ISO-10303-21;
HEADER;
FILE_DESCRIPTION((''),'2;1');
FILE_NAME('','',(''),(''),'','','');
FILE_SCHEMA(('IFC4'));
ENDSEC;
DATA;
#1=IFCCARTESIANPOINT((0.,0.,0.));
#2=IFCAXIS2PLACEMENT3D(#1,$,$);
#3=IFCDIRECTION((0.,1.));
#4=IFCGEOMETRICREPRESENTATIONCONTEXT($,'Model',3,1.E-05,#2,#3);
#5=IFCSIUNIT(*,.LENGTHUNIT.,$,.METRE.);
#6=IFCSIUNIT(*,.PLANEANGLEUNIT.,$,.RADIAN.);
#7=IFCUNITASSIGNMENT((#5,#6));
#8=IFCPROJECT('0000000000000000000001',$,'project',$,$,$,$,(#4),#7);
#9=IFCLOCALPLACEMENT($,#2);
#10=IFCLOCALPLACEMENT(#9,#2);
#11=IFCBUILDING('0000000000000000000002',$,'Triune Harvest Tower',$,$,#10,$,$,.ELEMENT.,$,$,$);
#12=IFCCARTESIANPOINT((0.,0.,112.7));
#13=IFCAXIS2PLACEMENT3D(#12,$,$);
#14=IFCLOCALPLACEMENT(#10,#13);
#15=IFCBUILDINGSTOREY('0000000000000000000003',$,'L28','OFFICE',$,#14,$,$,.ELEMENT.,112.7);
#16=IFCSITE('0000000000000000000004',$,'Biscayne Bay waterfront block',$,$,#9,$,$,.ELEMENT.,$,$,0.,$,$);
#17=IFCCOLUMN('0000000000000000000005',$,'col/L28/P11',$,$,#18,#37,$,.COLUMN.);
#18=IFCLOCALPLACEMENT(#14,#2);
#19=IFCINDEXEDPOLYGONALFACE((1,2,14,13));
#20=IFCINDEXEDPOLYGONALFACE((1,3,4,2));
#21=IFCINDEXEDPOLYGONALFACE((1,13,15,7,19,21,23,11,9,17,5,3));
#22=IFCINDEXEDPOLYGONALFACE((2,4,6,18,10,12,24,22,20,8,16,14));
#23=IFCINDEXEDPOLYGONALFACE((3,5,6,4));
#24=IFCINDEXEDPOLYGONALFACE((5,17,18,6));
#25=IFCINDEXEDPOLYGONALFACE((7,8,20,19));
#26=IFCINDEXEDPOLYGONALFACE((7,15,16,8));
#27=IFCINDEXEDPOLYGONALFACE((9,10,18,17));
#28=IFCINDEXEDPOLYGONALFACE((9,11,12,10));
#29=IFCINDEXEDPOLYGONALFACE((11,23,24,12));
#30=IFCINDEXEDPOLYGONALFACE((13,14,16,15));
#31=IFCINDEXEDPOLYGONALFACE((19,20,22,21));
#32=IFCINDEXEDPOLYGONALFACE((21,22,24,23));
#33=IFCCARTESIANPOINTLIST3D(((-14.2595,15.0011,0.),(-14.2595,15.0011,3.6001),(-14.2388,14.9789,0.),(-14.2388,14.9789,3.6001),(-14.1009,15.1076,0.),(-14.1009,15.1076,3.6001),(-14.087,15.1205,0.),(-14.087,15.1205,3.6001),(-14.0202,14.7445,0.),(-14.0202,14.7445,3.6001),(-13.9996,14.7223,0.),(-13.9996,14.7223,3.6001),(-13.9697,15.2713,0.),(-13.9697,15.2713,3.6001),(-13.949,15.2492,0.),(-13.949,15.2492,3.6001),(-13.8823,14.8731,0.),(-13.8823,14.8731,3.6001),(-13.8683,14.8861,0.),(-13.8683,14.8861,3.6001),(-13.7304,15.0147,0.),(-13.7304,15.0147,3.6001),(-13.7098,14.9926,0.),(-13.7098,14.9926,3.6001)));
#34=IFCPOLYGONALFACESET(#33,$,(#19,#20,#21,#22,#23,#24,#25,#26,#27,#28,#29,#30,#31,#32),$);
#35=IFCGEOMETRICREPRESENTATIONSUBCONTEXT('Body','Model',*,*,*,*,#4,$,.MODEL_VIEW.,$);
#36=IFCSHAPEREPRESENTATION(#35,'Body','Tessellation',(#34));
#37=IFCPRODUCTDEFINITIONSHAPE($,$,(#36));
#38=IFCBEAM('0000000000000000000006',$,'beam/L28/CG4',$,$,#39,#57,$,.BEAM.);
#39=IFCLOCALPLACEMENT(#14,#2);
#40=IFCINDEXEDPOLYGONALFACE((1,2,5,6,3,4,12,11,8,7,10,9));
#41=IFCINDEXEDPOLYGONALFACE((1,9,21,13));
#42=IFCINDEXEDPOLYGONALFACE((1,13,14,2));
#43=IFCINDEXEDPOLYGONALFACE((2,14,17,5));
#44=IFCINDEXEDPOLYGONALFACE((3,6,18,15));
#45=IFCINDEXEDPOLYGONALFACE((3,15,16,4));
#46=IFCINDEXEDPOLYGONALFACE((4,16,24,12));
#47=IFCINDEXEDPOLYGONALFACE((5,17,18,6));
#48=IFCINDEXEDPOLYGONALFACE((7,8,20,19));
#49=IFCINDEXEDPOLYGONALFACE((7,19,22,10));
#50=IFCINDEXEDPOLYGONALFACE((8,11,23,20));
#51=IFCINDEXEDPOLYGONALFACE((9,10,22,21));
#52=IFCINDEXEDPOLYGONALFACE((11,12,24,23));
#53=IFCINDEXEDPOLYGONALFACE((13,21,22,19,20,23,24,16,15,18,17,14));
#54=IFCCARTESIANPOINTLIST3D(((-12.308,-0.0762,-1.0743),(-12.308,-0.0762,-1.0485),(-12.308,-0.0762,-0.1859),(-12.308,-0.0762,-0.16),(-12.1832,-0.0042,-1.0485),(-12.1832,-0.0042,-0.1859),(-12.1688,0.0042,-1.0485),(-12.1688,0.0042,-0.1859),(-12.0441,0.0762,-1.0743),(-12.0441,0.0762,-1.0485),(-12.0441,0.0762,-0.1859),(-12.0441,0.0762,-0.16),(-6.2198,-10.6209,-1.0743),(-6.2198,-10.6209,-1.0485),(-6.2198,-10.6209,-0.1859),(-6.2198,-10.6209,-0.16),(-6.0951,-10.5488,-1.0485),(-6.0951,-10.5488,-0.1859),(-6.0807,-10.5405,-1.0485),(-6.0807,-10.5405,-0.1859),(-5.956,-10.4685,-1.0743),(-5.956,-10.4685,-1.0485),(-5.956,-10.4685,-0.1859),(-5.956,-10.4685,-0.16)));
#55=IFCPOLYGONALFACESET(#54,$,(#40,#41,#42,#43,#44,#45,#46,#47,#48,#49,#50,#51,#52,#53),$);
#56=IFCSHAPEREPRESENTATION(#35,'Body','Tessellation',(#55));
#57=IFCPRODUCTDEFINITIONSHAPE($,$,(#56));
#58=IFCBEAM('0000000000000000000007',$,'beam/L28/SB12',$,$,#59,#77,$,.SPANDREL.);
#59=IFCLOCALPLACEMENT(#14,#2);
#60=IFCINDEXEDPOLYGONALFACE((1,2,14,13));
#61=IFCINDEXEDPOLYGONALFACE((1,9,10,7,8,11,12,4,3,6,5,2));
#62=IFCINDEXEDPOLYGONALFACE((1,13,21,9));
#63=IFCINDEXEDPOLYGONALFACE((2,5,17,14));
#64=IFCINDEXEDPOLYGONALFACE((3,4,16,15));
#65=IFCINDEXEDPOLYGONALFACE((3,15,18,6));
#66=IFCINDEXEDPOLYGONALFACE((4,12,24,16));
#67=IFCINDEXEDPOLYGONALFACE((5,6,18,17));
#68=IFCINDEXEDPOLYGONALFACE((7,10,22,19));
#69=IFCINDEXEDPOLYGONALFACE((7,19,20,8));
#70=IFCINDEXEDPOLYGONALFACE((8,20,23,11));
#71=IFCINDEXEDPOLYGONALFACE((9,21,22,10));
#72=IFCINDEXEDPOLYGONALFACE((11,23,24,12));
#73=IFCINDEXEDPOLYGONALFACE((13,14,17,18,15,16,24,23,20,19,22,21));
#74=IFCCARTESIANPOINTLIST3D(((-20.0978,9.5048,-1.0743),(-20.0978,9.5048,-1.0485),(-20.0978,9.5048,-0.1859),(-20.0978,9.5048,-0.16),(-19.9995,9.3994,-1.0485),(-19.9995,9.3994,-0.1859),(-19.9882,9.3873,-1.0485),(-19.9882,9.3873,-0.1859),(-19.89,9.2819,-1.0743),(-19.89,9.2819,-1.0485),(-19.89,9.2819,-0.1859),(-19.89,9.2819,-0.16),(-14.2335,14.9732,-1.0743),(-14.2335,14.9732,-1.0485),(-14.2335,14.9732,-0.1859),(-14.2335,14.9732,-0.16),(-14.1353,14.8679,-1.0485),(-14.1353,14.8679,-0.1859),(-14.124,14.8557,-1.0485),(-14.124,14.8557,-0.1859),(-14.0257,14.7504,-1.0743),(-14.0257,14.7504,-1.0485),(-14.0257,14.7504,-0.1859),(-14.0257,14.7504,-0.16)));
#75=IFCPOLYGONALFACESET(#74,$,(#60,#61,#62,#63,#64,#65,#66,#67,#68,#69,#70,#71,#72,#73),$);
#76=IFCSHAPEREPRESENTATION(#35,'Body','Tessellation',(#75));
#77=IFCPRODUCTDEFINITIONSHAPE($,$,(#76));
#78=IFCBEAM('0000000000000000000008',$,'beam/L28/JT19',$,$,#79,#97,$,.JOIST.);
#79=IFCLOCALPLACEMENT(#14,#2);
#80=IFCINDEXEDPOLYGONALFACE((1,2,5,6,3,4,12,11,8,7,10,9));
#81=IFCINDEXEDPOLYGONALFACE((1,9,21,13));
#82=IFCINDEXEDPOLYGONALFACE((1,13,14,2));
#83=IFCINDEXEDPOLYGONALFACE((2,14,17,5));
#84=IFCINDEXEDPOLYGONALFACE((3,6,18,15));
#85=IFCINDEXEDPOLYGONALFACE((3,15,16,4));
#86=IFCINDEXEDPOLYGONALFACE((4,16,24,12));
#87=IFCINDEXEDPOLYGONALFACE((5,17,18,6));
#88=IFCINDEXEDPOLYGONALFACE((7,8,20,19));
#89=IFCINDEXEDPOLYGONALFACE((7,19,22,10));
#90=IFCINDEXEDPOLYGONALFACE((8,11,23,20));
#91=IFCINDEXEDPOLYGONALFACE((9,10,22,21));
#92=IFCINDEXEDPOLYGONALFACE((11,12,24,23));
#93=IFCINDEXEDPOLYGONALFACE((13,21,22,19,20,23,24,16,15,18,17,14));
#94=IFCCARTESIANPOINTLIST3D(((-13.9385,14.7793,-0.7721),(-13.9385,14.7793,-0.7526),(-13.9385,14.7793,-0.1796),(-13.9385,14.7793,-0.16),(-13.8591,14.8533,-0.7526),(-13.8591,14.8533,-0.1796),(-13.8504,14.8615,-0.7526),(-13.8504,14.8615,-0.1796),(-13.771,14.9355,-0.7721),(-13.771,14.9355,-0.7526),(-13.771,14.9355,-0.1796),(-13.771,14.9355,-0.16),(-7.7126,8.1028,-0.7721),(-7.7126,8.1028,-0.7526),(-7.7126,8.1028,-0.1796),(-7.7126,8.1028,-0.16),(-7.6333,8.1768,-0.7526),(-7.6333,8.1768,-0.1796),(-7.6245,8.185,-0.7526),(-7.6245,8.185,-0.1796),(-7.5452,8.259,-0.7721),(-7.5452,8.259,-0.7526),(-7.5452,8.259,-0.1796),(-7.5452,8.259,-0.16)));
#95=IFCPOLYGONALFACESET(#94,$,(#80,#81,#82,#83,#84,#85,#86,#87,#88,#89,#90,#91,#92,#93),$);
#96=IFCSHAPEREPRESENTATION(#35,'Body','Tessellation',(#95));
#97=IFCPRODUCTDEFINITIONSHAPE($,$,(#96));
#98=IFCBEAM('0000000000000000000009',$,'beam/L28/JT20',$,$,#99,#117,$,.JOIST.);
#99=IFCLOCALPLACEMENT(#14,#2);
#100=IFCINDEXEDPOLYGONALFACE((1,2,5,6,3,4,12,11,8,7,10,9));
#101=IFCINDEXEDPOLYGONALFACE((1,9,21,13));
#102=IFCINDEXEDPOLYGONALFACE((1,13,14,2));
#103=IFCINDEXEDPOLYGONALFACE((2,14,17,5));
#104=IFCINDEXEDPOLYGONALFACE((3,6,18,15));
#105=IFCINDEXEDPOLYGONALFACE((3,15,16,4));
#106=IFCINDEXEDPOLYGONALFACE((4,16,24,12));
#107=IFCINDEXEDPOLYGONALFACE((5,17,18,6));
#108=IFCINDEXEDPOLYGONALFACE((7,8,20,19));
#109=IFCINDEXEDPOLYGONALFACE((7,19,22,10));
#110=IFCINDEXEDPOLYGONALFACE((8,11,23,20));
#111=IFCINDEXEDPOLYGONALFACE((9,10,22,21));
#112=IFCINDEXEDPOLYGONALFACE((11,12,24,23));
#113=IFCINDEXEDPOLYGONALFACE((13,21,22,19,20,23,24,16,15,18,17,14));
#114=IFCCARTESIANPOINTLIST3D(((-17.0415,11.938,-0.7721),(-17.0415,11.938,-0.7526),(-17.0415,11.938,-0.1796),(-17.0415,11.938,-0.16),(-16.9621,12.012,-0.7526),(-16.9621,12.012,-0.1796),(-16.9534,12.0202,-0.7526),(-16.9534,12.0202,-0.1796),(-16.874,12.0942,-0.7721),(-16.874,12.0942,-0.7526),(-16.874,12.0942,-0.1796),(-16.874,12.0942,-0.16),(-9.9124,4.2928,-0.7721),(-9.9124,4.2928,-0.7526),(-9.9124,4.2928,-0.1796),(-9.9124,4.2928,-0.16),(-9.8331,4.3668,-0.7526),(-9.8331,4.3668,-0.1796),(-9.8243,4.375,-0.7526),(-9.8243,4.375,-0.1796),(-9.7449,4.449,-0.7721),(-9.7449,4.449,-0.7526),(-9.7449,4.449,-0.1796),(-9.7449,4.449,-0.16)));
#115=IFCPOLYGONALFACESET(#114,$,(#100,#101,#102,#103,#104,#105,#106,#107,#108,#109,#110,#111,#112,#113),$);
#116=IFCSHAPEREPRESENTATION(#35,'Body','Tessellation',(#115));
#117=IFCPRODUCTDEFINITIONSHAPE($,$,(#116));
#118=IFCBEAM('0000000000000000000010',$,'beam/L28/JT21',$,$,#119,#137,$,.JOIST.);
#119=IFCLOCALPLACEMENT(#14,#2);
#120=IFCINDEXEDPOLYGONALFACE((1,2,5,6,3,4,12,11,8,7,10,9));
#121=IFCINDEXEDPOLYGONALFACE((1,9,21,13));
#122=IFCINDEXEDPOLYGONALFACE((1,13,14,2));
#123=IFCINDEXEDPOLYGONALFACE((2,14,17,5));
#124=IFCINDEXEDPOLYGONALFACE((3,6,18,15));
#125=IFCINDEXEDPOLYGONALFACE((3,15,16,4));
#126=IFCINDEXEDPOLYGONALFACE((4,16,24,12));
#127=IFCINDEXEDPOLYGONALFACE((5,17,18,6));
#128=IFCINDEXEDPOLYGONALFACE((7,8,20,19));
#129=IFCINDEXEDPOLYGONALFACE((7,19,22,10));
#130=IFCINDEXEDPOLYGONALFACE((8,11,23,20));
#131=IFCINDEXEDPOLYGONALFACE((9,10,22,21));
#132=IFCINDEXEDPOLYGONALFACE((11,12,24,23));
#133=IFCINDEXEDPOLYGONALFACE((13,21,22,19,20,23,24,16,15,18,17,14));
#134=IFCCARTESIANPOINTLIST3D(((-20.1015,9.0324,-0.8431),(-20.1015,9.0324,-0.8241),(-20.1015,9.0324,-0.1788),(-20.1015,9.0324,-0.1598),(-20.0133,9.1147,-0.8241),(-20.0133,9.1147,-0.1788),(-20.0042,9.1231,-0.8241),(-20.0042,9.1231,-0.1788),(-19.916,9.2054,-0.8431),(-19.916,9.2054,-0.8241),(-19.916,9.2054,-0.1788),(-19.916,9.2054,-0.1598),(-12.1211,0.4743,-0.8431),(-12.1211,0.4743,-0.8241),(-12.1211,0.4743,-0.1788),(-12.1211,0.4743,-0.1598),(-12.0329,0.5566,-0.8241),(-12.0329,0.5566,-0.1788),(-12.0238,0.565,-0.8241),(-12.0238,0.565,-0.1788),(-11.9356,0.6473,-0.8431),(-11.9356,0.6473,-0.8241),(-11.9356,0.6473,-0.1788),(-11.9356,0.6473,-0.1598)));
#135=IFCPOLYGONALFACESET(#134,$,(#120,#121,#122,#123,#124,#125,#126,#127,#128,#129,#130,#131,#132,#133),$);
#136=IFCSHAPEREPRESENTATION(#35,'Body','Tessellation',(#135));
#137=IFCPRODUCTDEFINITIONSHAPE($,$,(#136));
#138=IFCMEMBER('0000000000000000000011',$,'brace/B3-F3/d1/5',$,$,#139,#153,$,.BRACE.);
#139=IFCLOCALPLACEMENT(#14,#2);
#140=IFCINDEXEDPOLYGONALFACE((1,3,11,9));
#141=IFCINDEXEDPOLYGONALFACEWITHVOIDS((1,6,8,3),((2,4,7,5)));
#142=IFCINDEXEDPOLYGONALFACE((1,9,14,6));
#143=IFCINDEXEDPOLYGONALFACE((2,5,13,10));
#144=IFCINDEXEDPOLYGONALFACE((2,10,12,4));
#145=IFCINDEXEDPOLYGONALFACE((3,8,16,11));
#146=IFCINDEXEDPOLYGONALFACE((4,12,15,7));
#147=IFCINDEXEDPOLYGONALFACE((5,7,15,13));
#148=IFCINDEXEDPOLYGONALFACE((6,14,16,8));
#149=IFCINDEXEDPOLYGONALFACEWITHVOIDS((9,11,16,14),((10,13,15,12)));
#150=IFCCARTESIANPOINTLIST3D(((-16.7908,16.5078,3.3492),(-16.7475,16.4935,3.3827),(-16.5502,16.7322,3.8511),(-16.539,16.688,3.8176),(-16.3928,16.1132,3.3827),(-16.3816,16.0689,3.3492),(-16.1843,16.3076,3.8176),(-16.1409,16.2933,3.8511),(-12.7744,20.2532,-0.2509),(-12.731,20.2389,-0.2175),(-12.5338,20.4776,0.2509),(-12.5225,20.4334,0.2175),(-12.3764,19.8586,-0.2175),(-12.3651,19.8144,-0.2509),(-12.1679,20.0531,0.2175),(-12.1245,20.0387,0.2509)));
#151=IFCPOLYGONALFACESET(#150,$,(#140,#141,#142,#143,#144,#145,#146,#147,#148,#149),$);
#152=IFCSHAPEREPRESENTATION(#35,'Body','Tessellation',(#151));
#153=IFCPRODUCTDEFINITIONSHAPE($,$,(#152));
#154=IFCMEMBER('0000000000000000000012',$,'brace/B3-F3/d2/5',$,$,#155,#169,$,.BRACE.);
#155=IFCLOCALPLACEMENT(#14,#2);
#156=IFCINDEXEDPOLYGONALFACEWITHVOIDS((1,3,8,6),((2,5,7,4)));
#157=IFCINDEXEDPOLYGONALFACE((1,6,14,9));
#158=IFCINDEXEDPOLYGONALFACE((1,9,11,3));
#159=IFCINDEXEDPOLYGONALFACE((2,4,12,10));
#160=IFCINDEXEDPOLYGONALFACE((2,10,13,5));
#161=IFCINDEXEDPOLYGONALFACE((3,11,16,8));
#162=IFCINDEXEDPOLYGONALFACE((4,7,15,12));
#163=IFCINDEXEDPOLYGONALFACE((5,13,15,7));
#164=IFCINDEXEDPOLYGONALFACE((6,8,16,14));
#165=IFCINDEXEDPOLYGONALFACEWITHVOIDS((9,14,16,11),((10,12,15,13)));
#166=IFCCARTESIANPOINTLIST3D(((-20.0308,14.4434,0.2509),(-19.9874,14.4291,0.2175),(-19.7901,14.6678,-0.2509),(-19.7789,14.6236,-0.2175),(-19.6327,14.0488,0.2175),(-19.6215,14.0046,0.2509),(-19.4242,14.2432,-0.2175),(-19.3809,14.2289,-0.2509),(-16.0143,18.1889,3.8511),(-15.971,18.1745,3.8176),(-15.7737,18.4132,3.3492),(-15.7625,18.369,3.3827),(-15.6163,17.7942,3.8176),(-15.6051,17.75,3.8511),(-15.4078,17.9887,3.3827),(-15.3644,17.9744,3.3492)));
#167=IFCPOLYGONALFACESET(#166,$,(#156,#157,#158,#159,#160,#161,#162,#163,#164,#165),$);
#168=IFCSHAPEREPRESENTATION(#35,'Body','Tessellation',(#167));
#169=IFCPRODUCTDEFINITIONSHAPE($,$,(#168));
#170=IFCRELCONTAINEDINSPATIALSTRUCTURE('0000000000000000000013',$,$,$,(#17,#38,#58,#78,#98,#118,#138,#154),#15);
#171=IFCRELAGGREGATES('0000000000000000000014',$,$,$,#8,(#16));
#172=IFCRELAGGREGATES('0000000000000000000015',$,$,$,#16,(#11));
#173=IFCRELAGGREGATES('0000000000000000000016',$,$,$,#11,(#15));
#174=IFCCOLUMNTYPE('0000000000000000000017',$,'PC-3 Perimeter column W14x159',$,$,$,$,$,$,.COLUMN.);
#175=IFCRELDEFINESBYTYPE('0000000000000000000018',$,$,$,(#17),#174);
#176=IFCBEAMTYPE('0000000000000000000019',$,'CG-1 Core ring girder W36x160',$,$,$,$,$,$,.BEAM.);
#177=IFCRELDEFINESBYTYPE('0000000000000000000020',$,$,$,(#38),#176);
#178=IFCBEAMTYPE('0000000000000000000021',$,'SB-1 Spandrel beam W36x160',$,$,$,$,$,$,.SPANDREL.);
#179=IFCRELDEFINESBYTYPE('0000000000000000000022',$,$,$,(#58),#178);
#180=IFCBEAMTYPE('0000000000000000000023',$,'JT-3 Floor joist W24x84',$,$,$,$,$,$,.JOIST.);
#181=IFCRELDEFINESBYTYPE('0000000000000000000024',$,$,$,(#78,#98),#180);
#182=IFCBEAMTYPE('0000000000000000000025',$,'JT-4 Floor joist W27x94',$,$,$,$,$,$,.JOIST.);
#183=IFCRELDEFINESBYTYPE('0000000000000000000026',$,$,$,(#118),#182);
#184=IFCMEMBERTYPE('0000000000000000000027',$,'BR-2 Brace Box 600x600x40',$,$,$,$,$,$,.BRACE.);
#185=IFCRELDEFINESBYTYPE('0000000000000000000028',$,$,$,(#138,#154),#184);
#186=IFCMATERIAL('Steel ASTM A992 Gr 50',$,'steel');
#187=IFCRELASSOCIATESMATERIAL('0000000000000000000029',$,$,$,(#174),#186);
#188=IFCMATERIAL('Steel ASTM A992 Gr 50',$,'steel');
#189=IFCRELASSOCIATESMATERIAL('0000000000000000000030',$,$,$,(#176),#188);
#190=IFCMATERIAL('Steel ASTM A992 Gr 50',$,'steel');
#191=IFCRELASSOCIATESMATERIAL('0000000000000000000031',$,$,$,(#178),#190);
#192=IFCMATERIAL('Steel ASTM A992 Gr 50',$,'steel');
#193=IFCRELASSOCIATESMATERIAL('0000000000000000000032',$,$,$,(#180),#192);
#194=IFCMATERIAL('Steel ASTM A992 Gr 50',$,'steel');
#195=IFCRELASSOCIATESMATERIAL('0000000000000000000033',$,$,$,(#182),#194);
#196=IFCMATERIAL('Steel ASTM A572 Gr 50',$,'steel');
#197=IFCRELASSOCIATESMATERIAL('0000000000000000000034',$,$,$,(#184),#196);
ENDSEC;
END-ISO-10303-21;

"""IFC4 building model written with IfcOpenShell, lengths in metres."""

from ifc_helpers import new_model, si_unit, direction, frame, origin, origin_2d, place, context, subcontext, project, spatial, hollow_rectangle, i_section, extrude, source, transform, mapped, material, material_profile, profile_set, type_object, element, save


model = new_model("IFC4")

# Units and contexts
model_context = context("Model", 3, precision=1e-05, world=origin(), true_north=direction((0.0, 1.0)))
body_context = subcontext(model_context, "Body", "Model", "MODEL_VIEW")
ifc_project = project(units=[si_unit("LENGTHUNIT", "METRE"), si_unit("PLANEANGLEUNIT", "RADIAN")], contexts=[model_context])

# Site, building, storey
site_placement = place(None, origin())
site = spatial("IfcSite", under=ifc_project, at=site_placement, Name="Biscayne Bay waterfront block", CompositionType="ELEMENT", RefElevation=0.0)
building_placement = place(site_placement, origin())
building = spatial("IfcBuilding", under=site, at=building_placement, Name="Triune Harvest Tower", CompositionType="ELEMENT")
storey_placement = place(building_placement, frame((0.0, 0.0, 112.7)))
storey = spatial("IfcBuildingStorey", under=building, at=storey_placement, Name="L28", Description="OFFICE", CompositionType="ELEMENT", Elevation=112.7)

# Column
ifc_material_1 = material(Name="Steel ASTM A992 Gr 50", Category="steel")
ifc_material_profile_1 = material_profile(ifc_material_1, i_section(OverallWidth=0.3962, OverallDepth=0.3811, WebThickness=0.019, FlangeThickness=0.0303, at=origin_2d()), Name="W14x159")
ifc_profile_set_1 = profile_set([ifc_material_profile_1], Name="Steel ASTM A992 Gr 50")
column_type = type_object("IfcColumnType", Name="PC-3 Perimeter column W14x159", PredefinedType="COLUMN", material=ifc_profile_set_1)
shared_shape_1 = source(origin(), body_context, "Body", "SweptSolid", [
    extrude(i_section(OverallWidth=0.3962, OverallDepth=0.3811, WebThickness=0.019, FlangeThickness=0.0303, at=origin_2d()), origin(), (0.0, 0.0, 1.0), 3.6001),
])
column_placement = place(storey_placement, frame((-13.9846, 14.9968, 0.0), z_axis=(0.0, 0.0, 1.0), x_axis=(-0.731355, -0.681997, 0.0)))
element("IfcColumn", 1, at=column_placement, inside=storey, type_object=column_type, Name="col/L28/P11", PredefinedType="COLUMN", context=body_context, shape_type="MappedRepresentation", body=[
    mapped(shared_shape_1, transform((0.0, 0.0, 0.0), scale=1.0)),
])

# Beams
ifc_material_2 = material(Name="Steel ASTM A992 Gr 50", Category="steel")
ifc_material_profile_2 = material_profile(ifc_material_2, i_section(OverallWidth=0.3047, OverallDepth=0.9143, WebThickness=0.0166, FlangeThickness=0.0259, at=origin_2d()), Name="W36x160")
ifc_profile_set_2 = profile_set([ifc_material_profile_2], Name="Steel ASTM A992 Gr 50")
beam_type_1 = type_object("IfcBeamType", Name="CG-1 Core ring girder W36x160", PredefinedType="BEAM", material=ifc_profile_set_2)
shared_shape_2 = source(origin(), body_context, "Body", "SweptSolid", [
    extrude(i_section(OverallWidth=0.3047, OverallDepth=0.9143, WebThickness=0.0166, FlangeThickness=0.0259, at=origin_2d()), origin(), (0.0, 0.0, 1.0), 12.176),
])
beam_1_placement = place(storey_placement, frame((-12.176, 0.0, -0.6172), z_axis=(0.50001, -0.86602, 0.0), x_axis=(0.86602, 0.50001, 0.0)))
element("IfcBeam", 2, at=beam_1_placement, inside=storey, type_object=beam_type_1, Name="beam/L28/CG4", PredefinedType="BEAM", context=body_context, shape_type="MappedRepresentation", body=[
    mapped(shared_shape_2, transform((0.0, 0.0, 0.0), scale=1.0)),
])
ifc_material_3 = material(Name="Steel ASTM A992 Gr 50", Category="steel")
ifc_material_profile_3 = material_profile(ifc_material_3, i_section(OverallWidth=0.3047, OverallDepth=0.9143, WebThickness=0.0166, FlangeThickness=0.0259, at=origin_2d()), Name="W36x160")
ifc_profile_set_3 = profile_set([ifc_material_profile_3], Name="Steel ASTM A992 Gr 50")
beam_type_2 = type_object("IfcBeamType", Name="SB-1 Spandrel beam W36x160", PredefinedType="SPANDREL", material=ifc_profile_set_3)
shared_shape_3 = source(origin(), body_context, "Body", "SweptSolid", [
    extrude(i_section(OverallWidth=0.3047, OverallDepth=0.9143, WebThickness=0.0166, FlangeThickness=0.0259, at=origin_2d()), origin(), (0.0, 0.0, 1.0), 8.0183),
])
beam_2_placement = place(storey_placement, frame((-14.1296, 14.8618, -0.6172), z_axis=(-0.731354, -0.681998, 0.0), x_axis=(0.681998, -0.731354, 0.0)))
element("IfcBeam", 3, at=beam_2_placement, inside=storey, type_object=beam_type_2, Name="beam/L28/SB12", PredefinedType="SPANDREL", context=body_context, shape_type="MappedRepresentation", body=[
    mapped(shared_shape_3, transform((0.0, 0.0, 0.0), scale=1.0)),
])
ifc_material_4 = material(Name="Steel ASTM A992 Gr 50", Category="steel")
ifc_material_profile_4 = material_profile(ifc_material_4, i_section(OverallWidth=0.229, OverallDepth=0.6121, WebThickness=0.012, FlangeThickness=0.0195, at=origin_2d()), Name="W24x84")
ifc_profile_set_4 = profile_set([ifc_material_profile_4], Name="Steel ASTM A992 Gr 50")
beam_type_3 = type_object("IfcBeamType", Name="JT-3 Floor joist W24x84", PredefinedType="JOIST", material=ifc_profile_set_4)
shared_shape_4 = source(origin(), body_context, "Body", "SweptSolid", [
    extrude(i_section(OverallWidth=0.229, OverallDepth=0.6121, WebThickness=0.012, FlangeThickness=0.0195, at=origin_2d()), origin(), (0.0, 0.0, 1.0), 9.1289),
])
beam_3_placement = place(storey_placement, frame((-13.8547, 14.8574, -0.4661), z_axis=(0.681991, -0.73136, 0.0), x_axis=(0.73136, 0.681991, 0.0)))
element("IfcBeam", 4, at=beam_3_placement, inside=storey, type_object=beam_type_3, Name="beam/L28/JT19", PredefinedType="JOIST", context=body_context, shape_type="MappedRepresentation", body=[
    mapped(shared_shape_4, transform((0.0, 0.0, 0.0), scale=1.0)),
])
shared_shape_5 = source(origin(), body_context, "Body", "SweptSolid", [
    extrude(i_section(OverallWidth=0.229, OverallDepth=0.6121, WebThickness=0.012, FlangeThickness=0.0195, at=origin_2d()), origin(), (0.0, 0.0, 1.0), 10.4534),
])
beam_4_placement = place(storey_placement, frame((-16.9578, 12.0161, -0.4661), z_axis=(0.681989, -0.731362, 0.0), x_axis=(0.731362, 0.681989, 0.0)))
element("IfcBeam", 5, at=beam_4_placement, inside=storey, type_object=beam_type_3, Name="beam/L28/JT20", PredefinedType="JOIST", context=body_context, shape_type="MappedRepresentation", body=[
    mapped(shared_shape_5, transform((0.0, 0.0, 0.0), scale=1.0)),
])
ifc_material_5 = material(Name="Steel ASTM A992 Gr 50", Category="steel")
ifc_material_profile_5 = material_profile(ifc_material_5, i_section(OverallWidth=0.2537, OverallDepth=0.6833, WebThickness=0.0125, FlangeThickness=0.019, at=origin_2d()), Name="W27x94")
ifc_profile_set_5 = profile_set([ifc_material_profile_5], Name="Steel ASTM A992 Gr 50")
beam_type_4 = type_object("IfcBeamType", Name="JT-4 Floor joist W27x94", PredefinedType="JOIST", material=ifc_profile_set_5)
shared_shape_6 = source(origin(), body_context, "Body", "SweptSolid", [
    extrude(i_section(OverallWidth=0.2537, OverallDepth=0.6833, WebThickness=0.0125, FlangeThickness=0.019, at=origin_2d()), origin(), (0.0, 0.0, 1.0), 11.7017),
])
beam_5_placement = place(storey_placement, frame((-20.0088, 9.1189, -0.5015), z_axis=(0.681994, -0.731358, 0.0), x_axis=(0.731358, 0.681994, 0.0)))
element("IfcBeam", 6, at=beam_5_placement, inside=storey, type_object=beam_type_4, Name="beam/L28/JT21", PredefinedType="JOIST", context=body_context, shape_type="MappedRepresentation", body=[
    mapped(shared_shape_6, transform((0.0, 0.0, 0.0), scale=1.0)),
])

# Members
ifc_material_6 = material(Name="Steel ASTM A572 Gr 50", Category="steel")
ifc_material_profile_6 = material_profile(ifc_material_6, hollow_rectangle(XDim=0.6001, YDim=0.6001, WallThickness=0.04, at=origin_2d()), Name="Box 600x600x40")
ifc_profile_set_6 = profile_set([ifc_material_profile_6], Name="Steel ASTM A572 Gr 50")
member_type_1 = type_object("IfcMemberType", Name="BR-2 Brace Box 600x600x40", PredefinedType="BRACE", material=ifc_profile_set_6)
shared_shape_7 = source(origin(), body_context, "Body", "SweptSolid", [
    extrude(hollow_rectangle(XDim=0.6001, YDim=0.6001, WallThickness=0.04, at=origin_2d()), origin(), (0.0, 0.0, 1.0), 6.5667),
])
for number, where, z_axis, x_axis, name in (
    (7, (-12.4495, 20.146, 0.0), (-0.611639, -0.57037, 0.548248), (0.682003, -0.731349, 0.0), "brace/B3-F3/d1/5"),
    (8, (-19.7058, 14.3362, 0.0), (0.611639, 0.57037, 0.548248), (-0.682003, 0.731349, 0.0), "brace/B3-F3/d2/5"),
):
    element("IfcMember", number, at=place(storey_placement, frame(where, z_axis=z_axis, x_axis=x_axis)), inside=storey, type_object=member_type_1, Name=name, PredefinedType="BRACE", context=body_context, shape_type="MappedRepresentation", body=[
        mapped(shared_shape_7, transform((0.0, 0.0, 0.0), scale=1.0)),
    ])

save(model, "model.ifc")
